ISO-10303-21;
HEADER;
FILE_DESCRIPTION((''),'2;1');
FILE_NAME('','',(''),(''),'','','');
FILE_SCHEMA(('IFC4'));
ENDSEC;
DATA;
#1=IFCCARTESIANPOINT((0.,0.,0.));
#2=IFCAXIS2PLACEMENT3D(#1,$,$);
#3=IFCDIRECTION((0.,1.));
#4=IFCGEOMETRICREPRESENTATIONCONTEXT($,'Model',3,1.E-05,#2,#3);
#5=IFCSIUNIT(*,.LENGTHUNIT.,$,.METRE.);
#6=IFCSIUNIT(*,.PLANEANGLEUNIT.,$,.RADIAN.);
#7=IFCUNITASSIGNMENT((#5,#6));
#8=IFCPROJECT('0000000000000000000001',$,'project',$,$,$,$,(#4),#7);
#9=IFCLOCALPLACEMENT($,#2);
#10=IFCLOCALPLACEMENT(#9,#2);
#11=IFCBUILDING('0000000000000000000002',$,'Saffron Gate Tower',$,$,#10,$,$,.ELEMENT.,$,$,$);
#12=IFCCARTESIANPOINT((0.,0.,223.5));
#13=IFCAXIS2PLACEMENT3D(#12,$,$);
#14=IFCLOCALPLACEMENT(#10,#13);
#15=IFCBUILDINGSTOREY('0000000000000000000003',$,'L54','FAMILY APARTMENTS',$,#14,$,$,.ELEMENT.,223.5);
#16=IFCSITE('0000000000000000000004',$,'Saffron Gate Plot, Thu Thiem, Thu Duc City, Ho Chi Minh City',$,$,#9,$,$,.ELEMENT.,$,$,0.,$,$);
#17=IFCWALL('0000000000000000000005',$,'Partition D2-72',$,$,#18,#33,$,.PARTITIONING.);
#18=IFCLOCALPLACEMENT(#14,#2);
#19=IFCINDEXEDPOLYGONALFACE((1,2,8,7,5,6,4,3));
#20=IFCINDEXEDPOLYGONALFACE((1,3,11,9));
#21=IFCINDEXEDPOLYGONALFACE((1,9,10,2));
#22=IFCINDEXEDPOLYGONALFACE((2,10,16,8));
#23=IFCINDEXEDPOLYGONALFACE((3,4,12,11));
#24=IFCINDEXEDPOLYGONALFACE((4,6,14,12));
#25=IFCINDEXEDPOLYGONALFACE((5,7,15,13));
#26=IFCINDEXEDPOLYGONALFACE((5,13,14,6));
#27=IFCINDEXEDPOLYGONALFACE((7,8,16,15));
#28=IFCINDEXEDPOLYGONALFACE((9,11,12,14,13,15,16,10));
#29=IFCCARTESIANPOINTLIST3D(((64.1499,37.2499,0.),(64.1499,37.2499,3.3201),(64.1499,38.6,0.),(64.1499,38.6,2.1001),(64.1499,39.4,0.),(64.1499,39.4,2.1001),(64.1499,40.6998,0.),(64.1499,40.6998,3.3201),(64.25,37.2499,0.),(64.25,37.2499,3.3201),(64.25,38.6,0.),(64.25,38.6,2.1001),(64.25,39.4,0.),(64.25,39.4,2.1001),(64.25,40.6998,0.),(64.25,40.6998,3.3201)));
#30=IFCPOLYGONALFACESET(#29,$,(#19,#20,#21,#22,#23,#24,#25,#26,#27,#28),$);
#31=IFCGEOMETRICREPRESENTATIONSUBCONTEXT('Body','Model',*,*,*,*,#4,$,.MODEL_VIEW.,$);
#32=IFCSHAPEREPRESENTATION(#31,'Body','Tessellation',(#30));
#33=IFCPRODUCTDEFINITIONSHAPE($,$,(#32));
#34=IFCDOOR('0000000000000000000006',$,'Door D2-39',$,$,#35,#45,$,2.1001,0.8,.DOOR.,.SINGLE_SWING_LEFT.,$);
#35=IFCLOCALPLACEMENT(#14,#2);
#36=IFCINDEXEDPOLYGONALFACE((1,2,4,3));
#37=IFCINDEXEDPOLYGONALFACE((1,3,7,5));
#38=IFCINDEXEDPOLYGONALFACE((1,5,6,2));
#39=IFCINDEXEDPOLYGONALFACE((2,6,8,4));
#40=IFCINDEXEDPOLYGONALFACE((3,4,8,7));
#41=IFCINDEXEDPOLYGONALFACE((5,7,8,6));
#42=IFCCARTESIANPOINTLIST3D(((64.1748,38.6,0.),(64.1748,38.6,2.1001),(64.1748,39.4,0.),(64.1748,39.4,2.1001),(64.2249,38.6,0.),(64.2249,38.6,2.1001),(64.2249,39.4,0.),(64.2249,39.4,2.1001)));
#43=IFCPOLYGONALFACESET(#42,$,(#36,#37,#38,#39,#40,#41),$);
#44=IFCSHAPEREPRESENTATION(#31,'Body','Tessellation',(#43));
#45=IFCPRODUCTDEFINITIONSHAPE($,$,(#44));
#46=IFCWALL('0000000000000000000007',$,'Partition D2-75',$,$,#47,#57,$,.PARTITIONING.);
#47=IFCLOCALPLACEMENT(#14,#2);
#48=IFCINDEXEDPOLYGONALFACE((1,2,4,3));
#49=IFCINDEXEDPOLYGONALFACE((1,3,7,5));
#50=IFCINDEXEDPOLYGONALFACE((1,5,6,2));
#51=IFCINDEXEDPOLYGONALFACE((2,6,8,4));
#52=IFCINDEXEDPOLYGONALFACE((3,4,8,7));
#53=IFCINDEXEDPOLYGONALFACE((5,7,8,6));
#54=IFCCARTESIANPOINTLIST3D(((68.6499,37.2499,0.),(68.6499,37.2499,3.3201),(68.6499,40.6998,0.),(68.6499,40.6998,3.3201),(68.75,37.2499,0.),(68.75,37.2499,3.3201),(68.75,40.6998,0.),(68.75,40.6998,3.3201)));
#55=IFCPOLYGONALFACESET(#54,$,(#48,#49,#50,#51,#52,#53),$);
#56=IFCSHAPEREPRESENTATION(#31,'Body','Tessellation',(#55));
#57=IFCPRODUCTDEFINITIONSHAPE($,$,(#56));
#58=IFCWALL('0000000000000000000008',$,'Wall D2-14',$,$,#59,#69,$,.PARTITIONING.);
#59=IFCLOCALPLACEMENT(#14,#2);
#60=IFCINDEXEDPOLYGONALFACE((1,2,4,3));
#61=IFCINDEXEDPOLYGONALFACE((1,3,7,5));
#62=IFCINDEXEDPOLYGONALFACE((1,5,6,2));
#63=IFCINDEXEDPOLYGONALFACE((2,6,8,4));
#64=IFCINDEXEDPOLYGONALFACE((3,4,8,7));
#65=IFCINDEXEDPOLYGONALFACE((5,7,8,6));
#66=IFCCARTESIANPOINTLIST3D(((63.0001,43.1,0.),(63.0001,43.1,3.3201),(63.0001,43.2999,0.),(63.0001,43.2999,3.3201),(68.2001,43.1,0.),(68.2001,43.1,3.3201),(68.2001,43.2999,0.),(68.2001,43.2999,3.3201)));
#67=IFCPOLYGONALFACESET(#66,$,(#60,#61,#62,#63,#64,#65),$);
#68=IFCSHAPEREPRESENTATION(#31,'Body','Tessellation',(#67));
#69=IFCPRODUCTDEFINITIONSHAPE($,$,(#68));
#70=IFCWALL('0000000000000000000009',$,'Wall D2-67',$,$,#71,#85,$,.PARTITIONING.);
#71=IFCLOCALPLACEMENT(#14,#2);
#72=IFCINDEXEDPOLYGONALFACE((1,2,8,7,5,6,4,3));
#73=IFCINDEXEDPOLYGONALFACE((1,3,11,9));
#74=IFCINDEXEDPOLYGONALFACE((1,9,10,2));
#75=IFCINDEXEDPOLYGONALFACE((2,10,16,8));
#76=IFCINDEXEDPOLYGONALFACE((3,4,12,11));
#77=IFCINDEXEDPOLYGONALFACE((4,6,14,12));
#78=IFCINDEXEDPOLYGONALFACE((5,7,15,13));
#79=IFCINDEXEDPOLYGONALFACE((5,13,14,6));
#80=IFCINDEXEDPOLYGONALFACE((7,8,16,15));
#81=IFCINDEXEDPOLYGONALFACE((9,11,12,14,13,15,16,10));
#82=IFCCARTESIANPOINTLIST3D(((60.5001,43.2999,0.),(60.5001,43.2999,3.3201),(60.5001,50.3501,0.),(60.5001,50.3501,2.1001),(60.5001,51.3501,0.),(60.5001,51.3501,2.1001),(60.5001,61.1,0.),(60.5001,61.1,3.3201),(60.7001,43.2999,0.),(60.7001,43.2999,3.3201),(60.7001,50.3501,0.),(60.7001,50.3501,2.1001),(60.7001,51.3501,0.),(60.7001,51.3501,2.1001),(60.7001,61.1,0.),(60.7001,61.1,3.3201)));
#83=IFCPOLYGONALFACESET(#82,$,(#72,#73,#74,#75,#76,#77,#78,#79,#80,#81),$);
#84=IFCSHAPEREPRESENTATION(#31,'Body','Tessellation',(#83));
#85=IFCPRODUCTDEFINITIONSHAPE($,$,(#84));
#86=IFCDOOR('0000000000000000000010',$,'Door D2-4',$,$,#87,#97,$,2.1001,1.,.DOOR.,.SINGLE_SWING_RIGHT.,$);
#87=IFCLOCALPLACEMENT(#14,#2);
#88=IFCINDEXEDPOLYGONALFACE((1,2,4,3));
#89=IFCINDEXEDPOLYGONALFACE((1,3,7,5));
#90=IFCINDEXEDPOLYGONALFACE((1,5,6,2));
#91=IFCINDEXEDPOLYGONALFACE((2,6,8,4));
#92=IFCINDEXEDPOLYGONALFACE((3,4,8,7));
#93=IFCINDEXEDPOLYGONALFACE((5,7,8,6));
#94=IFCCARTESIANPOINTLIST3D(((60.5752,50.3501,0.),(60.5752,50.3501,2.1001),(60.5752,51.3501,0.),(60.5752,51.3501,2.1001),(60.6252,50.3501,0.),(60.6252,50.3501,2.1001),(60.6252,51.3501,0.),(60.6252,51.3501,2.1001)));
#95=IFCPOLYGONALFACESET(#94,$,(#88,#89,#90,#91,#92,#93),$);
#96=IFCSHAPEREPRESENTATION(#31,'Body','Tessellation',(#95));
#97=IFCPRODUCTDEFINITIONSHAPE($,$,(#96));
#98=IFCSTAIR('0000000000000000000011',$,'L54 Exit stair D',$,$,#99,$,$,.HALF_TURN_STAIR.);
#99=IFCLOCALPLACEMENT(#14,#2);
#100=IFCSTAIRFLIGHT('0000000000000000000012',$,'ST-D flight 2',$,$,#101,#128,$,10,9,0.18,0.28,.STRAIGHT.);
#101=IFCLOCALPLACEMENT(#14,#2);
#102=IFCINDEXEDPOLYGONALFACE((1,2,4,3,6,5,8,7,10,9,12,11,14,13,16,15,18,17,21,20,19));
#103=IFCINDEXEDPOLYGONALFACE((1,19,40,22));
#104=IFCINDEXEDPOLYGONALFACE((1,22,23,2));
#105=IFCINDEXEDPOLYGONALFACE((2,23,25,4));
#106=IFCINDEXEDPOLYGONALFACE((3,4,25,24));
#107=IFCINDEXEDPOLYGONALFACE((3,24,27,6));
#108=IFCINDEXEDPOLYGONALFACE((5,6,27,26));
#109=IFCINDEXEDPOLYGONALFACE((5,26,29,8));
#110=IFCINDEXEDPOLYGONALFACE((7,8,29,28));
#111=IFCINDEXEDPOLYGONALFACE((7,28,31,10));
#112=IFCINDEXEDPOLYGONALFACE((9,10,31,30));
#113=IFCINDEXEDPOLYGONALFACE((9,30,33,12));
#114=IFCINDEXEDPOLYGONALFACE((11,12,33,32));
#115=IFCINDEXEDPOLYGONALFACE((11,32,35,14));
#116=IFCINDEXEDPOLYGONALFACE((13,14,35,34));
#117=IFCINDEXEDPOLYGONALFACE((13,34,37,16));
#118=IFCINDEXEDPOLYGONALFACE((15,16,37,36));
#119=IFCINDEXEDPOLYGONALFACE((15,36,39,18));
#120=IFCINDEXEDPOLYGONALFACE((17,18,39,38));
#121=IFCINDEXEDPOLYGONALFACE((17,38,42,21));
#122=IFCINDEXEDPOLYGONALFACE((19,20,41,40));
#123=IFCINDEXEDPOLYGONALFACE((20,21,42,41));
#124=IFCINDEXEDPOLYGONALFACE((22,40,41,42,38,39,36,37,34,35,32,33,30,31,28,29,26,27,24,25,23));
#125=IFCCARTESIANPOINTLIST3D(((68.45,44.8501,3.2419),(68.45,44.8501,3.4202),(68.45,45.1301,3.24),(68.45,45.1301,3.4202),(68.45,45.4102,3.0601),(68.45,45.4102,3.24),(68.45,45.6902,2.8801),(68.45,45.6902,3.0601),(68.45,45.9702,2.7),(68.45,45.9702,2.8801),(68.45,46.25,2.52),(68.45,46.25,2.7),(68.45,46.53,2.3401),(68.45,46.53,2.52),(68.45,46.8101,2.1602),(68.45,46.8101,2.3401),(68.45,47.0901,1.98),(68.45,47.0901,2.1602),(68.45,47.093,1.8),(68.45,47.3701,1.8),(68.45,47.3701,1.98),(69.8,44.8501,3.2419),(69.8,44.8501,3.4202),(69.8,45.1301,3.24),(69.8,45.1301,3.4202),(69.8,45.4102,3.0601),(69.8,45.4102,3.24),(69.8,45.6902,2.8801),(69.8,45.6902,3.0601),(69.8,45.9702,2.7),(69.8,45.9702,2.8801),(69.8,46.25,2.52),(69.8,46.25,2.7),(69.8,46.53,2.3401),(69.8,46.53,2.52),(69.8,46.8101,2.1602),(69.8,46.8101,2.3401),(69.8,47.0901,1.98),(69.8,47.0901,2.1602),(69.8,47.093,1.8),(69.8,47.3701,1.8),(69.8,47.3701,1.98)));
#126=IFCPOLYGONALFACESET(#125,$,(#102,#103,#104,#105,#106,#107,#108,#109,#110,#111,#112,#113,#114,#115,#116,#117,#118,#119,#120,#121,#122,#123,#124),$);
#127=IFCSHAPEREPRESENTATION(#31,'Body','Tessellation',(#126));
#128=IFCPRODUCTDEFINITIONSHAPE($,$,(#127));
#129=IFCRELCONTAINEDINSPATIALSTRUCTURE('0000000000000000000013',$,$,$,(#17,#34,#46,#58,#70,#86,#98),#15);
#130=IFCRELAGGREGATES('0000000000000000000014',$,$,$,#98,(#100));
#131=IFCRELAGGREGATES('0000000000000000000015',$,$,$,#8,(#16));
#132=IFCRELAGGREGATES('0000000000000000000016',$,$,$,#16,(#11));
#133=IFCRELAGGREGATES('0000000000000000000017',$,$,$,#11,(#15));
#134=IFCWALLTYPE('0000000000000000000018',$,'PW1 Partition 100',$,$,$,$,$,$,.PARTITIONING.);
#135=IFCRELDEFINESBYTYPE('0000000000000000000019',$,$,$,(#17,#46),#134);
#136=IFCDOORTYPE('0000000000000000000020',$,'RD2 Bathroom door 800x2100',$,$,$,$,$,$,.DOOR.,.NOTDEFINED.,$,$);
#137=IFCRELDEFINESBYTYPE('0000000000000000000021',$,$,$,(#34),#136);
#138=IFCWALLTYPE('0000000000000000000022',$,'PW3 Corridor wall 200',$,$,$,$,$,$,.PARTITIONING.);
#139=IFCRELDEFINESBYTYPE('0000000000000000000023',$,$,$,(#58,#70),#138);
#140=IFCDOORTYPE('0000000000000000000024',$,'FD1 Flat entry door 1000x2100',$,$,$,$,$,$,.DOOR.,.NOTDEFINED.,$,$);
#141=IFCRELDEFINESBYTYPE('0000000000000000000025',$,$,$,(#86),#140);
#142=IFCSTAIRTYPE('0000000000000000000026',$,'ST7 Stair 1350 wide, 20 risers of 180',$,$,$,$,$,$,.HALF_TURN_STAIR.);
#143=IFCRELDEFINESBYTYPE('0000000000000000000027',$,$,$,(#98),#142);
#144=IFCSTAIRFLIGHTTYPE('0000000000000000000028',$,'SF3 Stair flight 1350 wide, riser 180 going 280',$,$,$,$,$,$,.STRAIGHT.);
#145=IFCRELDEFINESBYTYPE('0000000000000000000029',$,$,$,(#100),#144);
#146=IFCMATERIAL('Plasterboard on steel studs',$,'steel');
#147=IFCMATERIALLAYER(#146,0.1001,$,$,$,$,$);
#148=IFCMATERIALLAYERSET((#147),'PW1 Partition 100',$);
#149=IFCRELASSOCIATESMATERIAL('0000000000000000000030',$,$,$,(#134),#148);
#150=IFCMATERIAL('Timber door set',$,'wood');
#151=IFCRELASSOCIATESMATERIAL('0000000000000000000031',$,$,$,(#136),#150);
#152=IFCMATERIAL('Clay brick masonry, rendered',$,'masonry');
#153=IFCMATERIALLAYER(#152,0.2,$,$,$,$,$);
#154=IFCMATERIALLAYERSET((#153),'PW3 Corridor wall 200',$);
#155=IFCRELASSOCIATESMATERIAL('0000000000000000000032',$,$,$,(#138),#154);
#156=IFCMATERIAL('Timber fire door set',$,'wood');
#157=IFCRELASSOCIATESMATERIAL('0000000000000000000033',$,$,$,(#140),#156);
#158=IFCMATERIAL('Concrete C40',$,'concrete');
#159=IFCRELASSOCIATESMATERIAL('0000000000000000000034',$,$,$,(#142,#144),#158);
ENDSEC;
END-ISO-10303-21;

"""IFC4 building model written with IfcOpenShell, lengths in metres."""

from ifc_helpers import new_model, si_unit, direction, frame, frame_2d, origin, place, context, subcontext, project, spatial, polyline, rectangle, outline, extrude, material, layer, layer_set, type_object, element, fill, aggregate, save


model = new_model("IFC4")

# Units and contexts
model_context = context("Model", 3, precision=1e-05, world=origin(), true_north=direction((0.0, 1.0)))
body_context = subcontext(model_context, "Body", "Model", "MODEL_VIEW")
ifc_project = project(units=[si_unit("LENGTHUNIT", "METRE"), si_unit("PLANEANGLEUNIT", "RADIAN")], contexts=[model_context])

# Site, building, storey
site_placement = place(None, origin())
site = spatial("IfcSite", under=ifc_project, at=site_placement, Name="Saffron Gate Plot, Thu Thiem, Thu Duc City, Ho Chi Minh City", CompositionType="ELEMENT", RefElevation=0.0)
building_placement = place(site_placement, origin())
building = spatial("IfcBuilding", under=site, at=building_placement, Name="Saffron Gate Tower", CompositionType="ELEMENT")
storey_placement = place(building_placement, frame((0.0, 0.0, 223.5)))
storey = spatial("IfcBuildingStorey", under=building, at=storey_placement, Name="L54", Description="FAMILY APARTMENTS", CompositionType="ELEMENT", Elevation=223.5)

# Shared definitions
ifc_material_1 = material(Name="Plasterboard on steel studs", Category="steel")
ifc_layer_1 = layer(ifc_material_1, 0.1001)
ifc_layer_set_1 = layer_set([ifc_layer_1], Name="PW1 Partition 100")
wall_type_1 = type_object("IfcWallType", Name="PW1 Partition 100", PredefinedType="PARTITIONING", material=ifc_layer_set_1)

# Wall, opening, door
ifc_material_2 = material(Name="Timber door set", Category="wood")
door_type_1 = type_object("IfcDoorType", Name="RD2 Bathroom door 800x2100", OperationType="NOTDEFINED", PredefinedType="DOOR", material=ifc_material_2)
wall_1_placement = place(storey_placement, frame((64.2, 40.7, 0.0), z_axis=(0.0, 0.0, 1.0), x_axis=(0.0, -1.0, 0.0)))
wall_1 = element("IfcWall", 1, at=wall_1_placement, inside=storey, type_object=wall_type_1, Name="Partition D2-72", PredefinedType="PARTITIONING", context=body_context, shape_type="SweptSolid", body=[
    extrude(rectangle(XDim=3.45, YDim=0.1001, at=frame_2d((1.7251, 0.0))), origin(), (0.0, 0.0, 1.0), 3.3201),
])
opening_1_placement = place(wall_1_placement, frame((1.3, 0.0, 0.0)))
opening_1 = element("IfcOpeningElement", 2, at=opening_1_placement, cuts=wall_1, PredefinedType="OPENING", context=body_context, shape_type="SweptSolid", body=[
    extrude(rectangle(XDim=0.8, YDim=2.1001, at=frame_2d((0.3999, 1.05))), frame((0.0, 0.0601, 0.0), z_axis=(0.0, -1.0, 0.0), x_axis=(1.0, 0.0, 0.0)), (0.0, 0.0, 1.0), 0.1201),
])
door_1_placement = place(opening_1_placement, origin())
door_1 = element("IfcDoor", 3, at=door_1_placement, inside=storey, type_object=door_type_1, Name="Door D2-39", OperationType="SINGLE_SWING_LEFT", OverallHeight=2.1001, OverallWidth=0.8, PredefinedType="DOOR", context=body_context, shape_type="SweptSolid", body=[
    extrude(rectangle(XDim=0.8, YDim=2.1001, at=frame_2d((0.3999, 1.05))), frame((0.0, 0.0249, 0.0), z_axis=(0.0, -1.0, 0.0), x_axis=(1.0, 0.0, 0.0)), (0.0, 0.0, 1.0), 0.05),
])
fill(opening_1, door_1)

# Walls
wall_2_placement = place(storey_placement, frame((68.7, 40.7, 0.0), z_axis=(0.0, 0.0, 1.0), x_axis=(0.0, -1.0, 0.0)))
element("IfcWall", 4, at=wall_2_placement, inside=storey, type_object=wall_type_1, Name="Partition D2-75", PredefinedType="PARTITIONING", context=body_context, shape_type="SweptSolid", body=[
    extrude(rectangle(XDim=3.45, YDim=0.1001, at=frame_2d((1.7251, 0.0))), origin(), (0.0, 0.0, 1.0), 3.3201),
])
ifc_material_3 = material(Name="Clay brick masonry, rendered", Category="masonry")
ifc_layer_2 = layer(ifc_material_3, 0.2)
ifc_layer_set_2 = layer_set([ifc_layer_2], Name="PW3 Corridor wall 200")
wall_type_2 = type_object("IfcWallType", Name="PW3 Corridor wall 200", PredefinedType="PARTITIONING", material=ifc_layer_set_2)
wall_3_placement = place(storey_placement, frame((63.0, 43.2, 0.0), z_axis=(0.0, 0.0, 1.0), x_axis=(1.0, 0.0, 0.0)))
element("IfcWall", 5, at=wall_3_placement, inside=storey, type_object=wall_type_2, Name="Wall D2-14", PredefinedType="PARTITIONING", context=body_context, shape_type="SweptSolid", body=[
    extrude(rectangle(XDim=5.2, YDim=0.2, at=frame_2d((2.6001, 0.0))), origin(), (0.0, 0.0, 1.0), 3.3201),
])

# Wall, opening, door
wall_4_placement = place(storey_placement, frame((60.6001, 43.3, 0.0), z_axis=(0.0, 0.0, 1.0), x_axis=(0.0, 1.0, 0.0)))
wall_4 = element("IfcWall", 6, at=wall_4_placement, inside=storey, type_object=wall_type_2, Name="Wall D2-67", PredefinedType="PARTITIONING", context=body_context, shape_type="SweptSolid", body=[
    extrude(rectangle(XDim=17.8, YDim=0.2, at=frame_2d((8.8999, 0.0))), origin(), (0.0, 0.0, 1.0), 3.3201),
])
opening_2_placement = place(wall_4_placement, frame((7.05, 0.0, 0.0)))
opening_2 = element("IfcOpeningElement", 7, at=opening_2_placement, cuts=wall_4, PredefinedType="OPENING", context=body_context, shape_type="SweptSolid", body=[
    extrude(rectangle(XDim=1.0, YDim=2.1001, at=frame_2d((0.5, 1.05))), frame((0.0, 0.1099, 0.0), z_axis=(0.0, -1.0, 0.0), x_axis=(1.0, 0.0, 0.0)), (0.0, 0.0, 1.0), 0.22),
])
ifc_material_4 = material(Name="Timber fire door set", Category="wood")
door_type_2 = type_object("IfcDoorType", Name="FD1 Flat entry door 1000x2100", OperationType="NOTDEFINED", PredefinedType="DOOR", material=ifc_material_4)
door_2_placement = place(opening_2_placement, origin())
door_2 = element("IfcDoor", 8, at=door_2_placement, inside=storey, type_object=door_type_2, Name="Door D2-4", OperationType="SINGLE_SWING_RIGHT", OverallHeight=2.1001, OverallWidth=1.0, PredefinedType="DOOR", context=body_context, shape_type="SweptSolid", body=[
    extrude(rectangle(XDim=1.0, YDim=2.1001, at=frame_2d((0.5, 1.05))), frame((0.0, 0.0249, 0.0), z_axis=(0.0, -1.0, 0.0), x_axis=(1.0, 0.0, 0.0)), (0.0, 0.0, 1.0), 0.05),
])
fill(opening_2, door_2)

# Stair, stair flight
ifc_material_5 = material(Name="Concrete C40", Category="concrete")
stair_type = type_object("IfcStairType", Name="ST7 Stair 1350 wide, 20 risers of 180", PredefinedType="HALF_TURN_STAIR", material=ifc_material_5)
stair_placement = place(storey_placement, origin())
stair = element("IfcStair", 9, at=stair_placement, inside=storey, type_object=stair_type, Name="L54 Exit stair D", PredefinedType="HALF_TURN_STAIR")
stair_flight_type = type_object("IfcStairFlightType", Name="SF3 Stair flight 1350 wide, riser 180 going 280", PredefinedType="STRAIGHT", material=ifc_material_5)
stair_flight_placement = place(storey_placement, frame((69.125, 47.3701, 1.8), z_axis=(0.0, 0.0, 1.0), x_axis=(0.0, -1.0, 0.0)))
stair_flight = element("IfcStairFlight", 10, at=stair_flight_placement, type_object=stair_flight_type, Name="ST-D flight 2", NumberOfRisers=10, NumberOfTreads=9, PredefinedType="STRAIGHT", RiserHeight=0.18, TreadLength=0.28, context=body_context, shape_type="SweptSolid", body=[
    extrude(outline(polyline([(0.0, 0.0), (0.0, 0.1799), (0.28, 0.1799), (0.28, 0.3601), (0.5601, 0.3601), (0.5601, 0.54), (0.8401, 0.54), (0.8401, 0.72), (1.1201, 0.72), (1.1201, 0.8999), (1.3999, 0.8999), (1.3999, 1.0801), (1.6799, 1.0801), (1.6799, 1.26), (1.96, 1.26), (1.96, 1.4399), (2.24, 1.4399), (2.24, 1.6201), (2.52, 1.6201), (2.52, 1.8), (2.52, 1.4419), (0.2771, 0.0), (0.0, 0.0)])), frame((0.0, 0.675, 0.0), z_axis=(0.0, -1.0, 0.0), x_axis=(1.0, 0.0, 0.0)), (0.0, 0.0, 1.0), 1.3501),
])
aggregate(stair, [stair_flight])

save(model, "model.ifc")
